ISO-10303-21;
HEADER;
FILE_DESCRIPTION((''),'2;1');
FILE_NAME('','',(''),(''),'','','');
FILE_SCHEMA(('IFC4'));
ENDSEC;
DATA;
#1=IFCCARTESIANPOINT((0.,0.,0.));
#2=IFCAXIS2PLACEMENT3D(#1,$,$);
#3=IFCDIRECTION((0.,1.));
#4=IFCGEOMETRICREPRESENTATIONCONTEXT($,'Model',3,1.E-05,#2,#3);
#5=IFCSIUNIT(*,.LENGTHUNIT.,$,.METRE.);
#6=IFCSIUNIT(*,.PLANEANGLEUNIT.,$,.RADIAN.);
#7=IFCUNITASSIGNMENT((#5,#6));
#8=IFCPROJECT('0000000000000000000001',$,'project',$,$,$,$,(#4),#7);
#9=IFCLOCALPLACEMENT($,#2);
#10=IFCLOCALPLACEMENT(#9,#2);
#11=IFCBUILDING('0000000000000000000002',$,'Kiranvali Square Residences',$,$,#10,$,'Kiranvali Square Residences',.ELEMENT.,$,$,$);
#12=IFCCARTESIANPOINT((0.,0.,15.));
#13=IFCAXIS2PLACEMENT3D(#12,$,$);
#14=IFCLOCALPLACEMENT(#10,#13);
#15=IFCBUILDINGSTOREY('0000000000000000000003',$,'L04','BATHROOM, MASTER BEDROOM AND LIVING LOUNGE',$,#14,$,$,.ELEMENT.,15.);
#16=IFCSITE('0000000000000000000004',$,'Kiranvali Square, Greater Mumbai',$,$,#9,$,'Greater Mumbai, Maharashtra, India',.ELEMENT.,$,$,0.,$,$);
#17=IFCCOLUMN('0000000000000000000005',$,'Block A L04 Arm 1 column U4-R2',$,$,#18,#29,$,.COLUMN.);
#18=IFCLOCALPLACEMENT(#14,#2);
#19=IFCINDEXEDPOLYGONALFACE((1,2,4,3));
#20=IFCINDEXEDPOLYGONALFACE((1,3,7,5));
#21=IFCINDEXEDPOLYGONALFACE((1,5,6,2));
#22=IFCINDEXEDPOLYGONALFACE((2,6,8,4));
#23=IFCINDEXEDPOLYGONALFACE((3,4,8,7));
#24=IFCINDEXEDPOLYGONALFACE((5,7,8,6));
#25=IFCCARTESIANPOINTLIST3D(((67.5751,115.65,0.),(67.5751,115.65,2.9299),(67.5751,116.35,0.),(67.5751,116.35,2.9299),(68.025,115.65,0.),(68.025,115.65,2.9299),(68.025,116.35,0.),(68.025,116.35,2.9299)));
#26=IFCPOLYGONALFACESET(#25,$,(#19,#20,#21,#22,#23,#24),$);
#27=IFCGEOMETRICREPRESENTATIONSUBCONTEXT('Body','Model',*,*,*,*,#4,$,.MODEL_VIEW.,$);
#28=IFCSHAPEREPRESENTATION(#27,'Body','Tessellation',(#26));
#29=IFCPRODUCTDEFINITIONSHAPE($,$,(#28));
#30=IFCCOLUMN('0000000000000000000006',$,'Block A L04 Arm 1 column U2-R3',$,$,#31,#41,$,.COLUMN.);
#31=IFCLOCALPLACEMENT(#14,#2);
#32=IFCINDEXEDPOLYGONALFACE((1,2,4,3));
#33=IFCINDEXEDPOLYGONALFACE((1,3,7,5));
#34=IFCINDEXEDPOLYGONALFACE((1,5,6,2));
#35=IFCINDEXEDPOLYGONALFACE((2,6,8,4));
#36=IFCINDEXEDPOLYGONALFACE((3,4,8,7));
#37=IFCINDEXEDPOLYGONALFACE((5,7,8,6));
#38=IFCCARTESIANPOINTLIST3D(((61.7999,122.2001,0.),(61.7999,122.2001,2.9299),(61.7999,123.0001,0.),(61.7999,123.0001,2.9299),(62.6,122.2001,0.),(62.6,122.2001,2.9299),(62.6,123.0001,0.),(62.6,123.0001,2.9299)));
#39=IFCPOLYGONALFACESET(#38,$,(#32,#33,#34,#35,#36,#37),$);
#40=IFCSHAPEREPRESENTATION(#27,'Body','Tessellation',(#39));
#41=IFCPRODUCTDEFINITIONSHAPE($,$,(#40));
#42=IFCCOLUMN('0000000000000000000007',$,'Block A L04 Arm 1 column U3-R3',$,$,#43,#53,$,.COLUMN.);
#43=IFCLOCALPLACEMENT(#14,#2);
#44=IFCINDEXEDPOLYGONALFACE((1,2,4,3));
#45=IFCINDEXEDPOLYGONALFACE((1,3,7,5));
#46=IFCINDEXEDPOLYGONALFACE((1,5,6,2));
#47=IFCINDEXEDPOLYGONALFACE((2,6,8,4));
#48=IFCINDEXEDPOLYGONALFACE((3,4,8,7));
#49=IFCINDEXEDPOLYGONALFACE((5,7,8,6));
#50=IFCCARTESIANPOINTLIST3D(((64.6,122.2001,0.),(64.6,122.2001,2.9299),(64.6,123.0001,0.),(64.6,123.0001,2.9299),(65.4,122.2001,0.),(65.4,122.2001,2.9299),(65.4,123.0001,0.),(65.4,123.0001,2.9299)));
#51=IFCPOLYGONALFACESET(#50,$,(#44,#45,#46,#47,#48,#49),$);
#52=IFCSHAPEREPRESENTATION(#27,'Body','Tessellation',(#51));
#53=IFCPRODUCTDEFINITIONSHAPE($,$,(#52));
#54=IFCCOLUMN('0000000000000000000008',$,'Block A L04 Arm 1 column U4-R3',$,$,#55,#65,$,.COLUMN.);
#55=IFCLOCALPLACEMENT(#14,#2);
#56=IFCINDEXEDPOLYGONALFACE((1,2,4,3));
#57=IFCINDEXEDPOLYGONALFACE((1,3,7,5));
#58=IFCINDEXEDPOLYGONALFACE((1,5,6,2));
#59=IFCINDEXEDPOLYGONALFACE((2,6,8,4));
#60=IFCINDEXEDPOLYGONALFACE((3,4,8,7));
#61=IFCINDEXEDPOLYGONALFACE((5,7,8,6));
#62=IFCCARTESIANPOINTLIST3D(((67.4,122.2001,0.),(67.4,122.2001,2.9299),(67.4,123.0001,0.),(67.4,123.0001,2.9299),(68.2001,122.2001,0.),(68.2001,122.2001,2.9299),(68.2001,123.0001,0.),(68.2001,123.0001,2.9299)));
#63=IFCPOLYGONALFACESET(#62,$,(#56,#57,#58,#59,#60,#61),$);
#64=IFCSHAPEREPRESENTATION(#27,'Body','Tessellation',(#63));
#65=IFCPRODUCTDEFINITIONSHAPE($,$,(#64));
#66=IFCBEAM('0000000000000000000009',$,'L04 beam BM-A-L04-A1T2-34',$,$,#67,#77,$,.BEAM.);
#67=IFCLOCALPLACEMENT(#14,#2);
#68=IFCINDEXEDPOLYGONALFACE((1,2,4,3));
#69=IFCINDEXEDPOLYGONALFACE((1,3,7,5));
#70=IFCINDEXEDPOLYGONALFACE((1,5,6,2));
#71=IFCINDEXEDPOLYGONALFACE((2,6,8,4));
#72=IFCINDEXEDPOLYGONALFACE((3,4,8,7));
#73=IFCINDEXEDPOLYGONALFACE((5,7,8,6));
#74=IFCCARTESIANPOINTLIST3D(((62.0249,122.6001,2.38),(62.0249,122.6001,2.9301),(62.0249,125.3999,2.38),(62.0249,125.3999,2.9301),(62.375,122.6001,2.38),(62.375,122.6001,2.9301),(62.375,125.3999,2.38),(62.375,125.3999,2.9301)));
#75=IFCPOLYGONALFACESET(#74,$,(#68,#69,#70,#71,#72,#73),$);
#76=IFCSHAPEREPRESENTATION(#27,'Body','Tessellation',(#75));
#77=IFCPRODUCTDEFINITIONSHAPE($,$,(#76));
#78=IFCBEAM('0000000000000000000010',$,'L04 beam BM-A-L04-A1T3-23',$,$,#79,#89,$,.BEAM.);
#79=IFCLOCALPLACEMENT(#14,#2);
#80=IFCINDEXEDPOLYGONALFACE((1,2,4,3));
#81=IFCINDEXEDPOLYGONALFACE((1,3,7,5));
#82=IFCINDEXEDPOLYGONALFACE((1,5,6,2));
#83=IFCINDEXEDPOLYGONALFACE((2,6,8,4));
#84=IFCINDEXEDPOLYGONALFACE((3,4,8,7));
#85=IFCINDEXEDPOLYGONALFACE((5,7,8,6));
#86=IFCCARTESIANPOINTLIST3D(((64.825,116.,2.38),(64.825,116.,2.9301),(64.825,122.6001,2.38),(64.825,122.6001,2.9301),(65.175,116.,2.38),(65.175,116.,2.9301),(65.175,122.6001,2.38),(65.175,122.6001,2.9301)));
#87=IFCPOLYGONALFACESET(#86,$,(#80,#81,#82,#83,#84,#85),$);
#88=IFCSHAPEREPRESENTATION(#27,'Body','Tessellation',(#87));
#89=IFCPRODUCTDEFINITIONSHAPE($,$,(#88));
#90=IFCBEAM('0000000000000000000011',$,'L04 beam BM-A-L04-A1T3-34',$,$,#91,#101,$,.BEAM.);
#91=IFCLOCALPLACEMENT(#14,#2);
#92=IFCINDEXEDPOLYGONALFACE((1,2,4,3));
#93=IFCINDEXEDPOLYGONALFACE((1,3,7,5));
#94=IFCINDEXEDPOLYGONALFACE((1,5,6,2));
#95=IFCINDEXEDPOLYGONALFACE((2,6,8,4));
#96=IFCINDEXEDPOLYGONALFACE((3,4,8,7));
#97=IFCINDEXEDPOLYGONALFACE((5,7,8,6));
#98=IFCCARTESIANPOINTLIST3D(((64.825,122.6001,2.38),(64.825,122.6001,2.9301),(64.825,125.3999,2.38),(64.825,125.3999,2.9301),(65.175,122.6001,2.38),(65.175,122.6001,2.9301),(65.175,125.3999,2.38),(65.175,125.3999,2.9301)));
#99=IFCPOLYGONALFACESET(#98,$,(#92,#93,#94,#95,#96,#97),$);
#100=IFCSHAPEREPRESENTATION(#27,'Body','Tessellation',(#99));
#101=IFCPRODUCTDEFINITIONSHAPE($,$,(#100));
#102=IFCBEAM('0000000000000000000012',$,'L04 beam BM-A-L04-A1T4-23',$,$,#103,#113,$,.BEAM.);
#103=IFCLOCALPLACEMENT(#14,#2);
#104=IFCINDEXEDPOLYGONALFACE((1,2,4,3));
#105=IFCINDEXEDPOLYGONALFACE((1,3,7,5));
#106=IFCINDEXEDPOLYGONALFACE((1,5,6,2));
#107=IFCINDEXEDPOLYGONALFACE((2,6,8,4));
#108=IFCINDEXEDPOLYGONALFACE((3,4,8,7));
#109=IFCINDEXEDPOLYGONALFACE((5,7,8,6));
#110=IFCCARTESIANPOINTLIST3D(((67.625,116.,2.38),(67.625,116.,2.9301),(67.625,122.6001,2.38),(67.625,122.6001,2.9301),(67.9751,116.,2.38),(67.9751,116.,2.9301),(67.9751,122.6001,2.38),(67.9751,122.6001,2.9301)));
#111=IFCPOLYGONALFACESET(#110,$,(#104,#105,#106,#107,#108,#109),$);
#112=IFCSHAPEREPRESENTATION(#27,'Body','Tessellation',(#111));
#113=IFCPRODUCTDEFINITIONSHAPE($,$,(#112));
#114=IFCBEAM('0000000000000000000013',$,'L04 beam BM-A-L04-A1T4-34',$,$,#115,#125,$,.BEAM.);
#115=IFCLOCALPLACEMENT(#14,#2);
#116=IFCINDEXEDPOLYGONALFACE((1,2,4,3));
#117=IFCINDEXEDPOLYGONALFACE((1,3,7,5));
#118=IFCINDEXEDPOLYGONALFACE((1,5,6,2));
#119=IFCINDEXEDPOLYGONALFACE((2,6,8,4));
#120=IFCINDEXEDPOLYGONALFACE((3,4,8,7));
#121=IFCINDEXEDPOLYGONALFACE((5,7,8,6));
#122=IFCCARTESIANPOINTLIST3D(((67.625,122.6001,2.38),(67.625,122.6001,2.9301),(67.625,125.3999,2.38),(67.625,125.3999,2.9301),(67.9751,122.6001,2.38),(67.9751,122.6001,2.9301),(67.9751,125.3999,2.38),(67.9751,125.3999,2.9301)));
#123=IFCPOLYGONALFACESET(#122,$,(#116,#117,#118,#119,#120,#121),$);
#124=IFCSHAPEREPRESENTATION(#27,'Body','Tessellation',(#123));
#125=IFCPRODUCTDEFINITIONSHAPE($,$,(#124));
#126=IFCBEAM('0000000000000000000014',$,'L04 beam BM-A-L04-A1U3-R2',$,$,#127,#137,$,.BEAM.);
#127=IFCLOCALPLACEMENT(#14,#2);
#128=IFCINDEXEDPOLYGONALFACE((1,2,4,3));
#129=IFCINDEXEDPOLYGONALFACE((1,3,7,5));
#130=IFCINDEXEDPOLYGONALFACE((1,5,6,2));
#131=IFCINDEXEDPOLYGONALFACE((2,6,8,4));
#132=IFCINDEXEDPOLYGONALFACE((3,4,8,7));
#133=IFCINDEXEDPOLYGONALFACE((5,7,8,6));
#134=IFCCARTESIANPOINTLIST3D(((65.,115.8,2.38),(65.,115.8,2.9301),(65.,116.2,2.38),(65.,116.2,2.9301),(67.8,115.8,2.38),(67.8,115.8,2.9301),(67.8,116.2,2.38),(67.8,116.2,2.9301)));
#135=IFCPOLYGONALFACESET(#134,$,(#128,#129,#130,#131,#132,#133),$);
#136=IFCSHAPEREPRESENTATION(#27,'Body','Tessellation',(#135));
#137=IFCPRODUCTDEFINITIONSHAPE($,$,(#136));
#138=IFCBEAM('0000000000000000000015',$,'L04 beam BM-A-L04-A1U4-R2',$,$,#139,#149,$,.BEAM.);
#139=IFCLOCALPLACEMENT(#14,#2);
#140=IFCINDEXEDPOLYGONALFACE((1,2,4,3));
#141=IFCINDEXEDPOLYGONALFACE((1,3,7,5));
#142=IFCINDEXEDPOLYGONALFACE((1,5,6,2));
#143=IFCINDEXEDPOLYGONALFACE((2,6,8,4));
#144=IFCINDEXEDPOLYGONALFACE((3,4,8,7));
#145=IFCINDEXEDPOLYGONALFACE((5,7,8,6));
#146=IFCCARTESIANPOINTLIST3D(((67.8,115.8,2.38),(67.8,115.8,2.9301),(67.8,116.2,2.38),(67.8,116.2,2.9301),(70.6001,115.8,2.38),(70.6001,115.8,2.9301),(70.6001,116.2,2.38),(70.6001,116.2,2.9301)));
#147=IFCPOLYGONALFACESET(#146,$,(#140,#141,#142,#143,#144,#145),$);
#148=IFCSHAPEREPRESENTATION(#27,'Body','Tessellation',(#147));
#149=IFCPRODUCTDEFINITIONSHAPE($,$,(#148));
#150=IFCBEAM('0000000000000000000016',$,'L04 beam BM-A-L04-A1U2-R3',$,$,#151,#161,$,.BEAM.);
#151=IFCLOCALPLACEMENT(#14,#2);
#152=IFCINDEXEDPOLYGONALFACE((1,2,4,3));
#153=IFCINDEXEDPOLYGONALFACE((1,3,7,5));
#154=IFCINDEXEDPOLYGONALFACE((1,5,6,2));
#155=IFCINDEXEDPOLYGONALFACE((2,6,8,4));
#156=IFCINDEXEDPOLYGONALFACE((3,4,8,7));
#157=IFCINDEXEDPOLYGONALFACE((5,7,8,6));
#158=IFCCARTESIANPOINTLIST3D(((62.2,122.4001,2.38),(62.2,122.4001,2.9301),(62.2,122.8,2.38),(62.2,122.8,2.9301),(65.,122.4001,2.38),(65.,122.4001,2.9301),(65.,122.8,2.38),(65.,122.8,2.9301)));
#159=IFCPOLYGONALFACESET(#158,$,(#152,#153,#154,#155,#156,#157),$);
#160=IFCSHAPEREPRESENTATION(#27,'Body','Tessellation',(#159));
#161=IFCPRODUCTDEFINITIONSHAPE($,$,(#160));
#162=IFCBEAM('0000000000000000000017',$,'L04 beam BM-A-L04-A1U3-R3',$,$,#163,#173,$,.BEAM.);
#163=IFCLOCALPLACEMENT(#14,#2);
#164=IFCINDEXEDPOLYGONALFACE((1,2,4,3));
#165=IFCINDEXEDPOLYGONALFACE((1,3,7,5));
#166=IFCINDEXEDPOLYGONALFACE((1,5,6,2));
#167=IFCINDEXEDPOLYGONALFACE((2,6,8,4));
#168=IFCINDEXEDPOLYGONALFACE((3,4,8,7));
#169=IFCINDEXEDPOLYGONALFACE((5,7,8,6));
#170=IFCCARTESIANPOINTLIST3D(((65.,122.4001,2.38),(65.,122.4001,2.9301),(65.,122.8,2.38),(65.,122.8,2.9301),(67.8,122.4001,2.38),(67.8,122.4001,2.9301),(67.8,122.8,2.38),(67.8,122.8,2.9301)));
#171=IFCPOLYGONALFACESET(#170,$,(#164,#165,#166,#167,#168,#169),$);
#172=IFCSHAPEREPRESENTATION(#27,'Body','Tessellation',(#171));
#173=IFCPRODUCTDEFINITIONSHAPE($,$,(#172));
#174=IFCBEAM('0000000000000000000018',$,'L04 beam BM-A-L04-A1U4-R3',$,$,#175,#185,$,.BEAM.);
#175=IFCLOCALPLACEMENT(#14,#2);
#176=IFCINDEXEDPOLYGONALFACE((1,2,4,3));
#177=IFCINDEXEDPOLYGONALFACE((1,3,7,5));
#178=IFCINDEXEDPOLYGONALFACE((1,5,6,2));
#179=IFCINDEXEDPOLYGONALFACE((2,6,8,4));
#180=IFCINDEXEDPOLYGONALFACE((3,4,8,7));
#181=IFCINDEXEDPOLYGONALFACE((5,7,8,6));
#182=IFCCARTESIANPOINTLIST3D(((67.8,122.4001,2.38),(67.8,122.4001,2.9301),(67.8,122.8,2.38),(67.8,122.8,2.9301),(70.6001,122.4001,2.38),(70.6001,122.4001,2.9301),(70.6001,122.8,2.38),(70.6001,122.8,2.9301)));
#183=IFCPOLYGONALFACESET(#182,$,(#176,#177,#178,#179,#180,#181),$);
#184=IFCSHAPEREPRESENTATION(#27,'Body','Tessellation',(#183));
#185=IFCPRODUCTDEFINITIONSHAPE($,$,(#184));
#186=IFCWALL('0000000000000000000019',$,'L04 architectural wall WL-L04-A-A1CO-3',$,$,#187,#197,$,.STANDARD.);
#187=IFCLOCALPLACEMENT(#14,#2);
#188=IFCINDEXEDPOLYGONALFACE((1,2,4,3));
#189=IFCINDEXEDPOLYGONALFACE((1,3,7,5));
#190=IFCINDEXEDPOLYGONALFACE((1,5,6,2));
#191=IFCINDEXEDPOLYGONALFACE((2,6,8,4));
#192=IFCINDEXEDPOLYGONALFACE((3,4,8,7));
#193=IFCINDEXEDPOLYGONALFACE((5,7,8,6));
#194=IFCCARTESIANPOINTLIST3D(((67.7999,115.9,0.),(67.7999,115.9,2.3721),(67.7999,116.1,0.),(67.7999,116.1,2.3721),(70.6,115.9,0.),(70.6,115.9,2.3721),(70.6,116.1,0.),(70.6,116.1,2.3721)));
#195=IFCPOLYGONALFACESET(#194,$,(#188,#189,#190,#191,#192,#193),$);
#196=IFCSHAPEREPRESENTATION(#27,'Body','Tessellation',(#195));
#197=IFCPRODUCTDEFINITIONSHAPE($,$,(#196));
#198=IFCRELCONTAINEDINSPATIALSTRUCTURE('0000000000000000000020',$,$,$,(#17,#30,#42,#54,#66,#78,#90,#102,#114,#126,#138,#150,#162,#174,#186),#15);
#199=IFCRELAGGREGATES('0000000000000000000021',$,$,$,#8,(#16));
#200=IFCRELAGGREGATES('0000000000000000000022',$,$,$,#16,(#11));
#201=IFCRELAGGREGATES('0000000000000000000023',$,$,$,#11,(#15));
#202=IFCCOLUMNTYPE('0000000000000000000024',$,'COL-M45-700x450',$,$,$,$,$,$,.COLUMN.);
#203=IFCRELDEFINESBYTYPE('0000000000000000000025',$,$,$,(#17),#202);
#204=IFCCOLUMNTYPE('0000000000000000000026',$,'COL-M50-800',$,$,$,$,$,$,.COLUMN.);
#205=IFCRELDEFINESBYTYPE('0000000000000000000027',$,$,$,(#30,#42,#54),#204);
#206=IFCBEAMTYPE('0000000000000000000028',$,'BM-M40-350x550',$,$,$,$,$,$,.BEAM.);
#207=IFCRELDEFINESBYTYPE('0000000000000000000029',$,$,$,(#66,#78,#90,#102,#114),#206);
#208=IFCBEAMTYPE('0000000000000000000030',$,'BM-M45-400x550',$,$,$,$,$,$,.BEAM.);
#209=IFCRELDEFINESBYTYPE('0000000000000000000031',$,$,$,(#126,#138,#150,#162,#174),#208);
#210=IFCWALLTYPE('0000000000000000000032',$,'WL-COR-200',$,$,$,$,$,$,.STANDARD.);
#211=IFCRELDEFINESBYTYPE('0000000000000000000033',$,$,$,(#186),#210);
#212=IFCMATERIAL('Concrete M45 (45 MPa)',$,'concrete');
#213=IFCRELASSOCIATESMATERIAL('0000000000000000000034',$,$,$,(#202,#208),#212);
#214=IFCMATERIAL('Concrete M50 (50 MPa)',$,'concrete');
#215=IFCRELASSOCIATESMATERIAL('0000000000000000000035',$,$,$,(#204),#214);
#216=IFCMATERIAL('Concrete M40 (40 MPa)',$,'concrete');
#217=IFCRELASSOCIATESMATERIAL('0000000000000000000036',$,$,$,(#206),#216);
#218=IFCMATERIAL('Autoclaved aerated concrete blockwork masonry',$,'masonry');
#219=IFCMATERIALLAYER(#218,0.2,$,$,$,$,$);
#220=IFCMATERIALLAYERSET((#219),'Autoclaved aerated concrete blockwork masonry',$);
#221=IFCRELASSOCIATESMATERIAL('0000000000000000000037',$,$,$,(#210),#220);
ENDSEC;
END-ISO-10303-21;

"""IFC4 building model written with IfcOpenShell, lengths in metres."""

from ifc_helpers import new_model, si_unit, direction, frame, frame_2d, origin, origin_2d, place, context, subcontext, project, spatial, rectangle, extrude, material, layer, layer_set, material_profile, profile_set, type_object, element, save


model = new_model("IFC4")

# Units and contexts
model_context = context("Model", 3, precision=1e-05, world=origin(), true_north=direction((0.0, 1.0)))
body_context = subcontext(model_context, "Body", "Model", "MODEL_VIEW")
ifc_project = project(units=[si_unit("LENGTHUNIT", "METRE"), si_unit("PLANEANGLEUNIT", "RADIAN")], contexts=[model_context])

# Site, building, storey
site_placement = place(None, origin())
site = spatial("IfcSite", under=ifc_project, at=site_placement, Name="Kiranvali Square, Greater Mumbai", LongName="Greater Mumbai, Maharashtra, India", CompositionType="ELEMENT", RefElevation=0.0)
building_placement = place(site_placement, origin())
building = spatial("IfcBuilding", under=site, at=building_placement, Name="Kiranvali Square Residences", LongName="Kiranvali Square Residences", CompositionType="ELEMENT")
storey_placement = place(building_placement, frame((0.0, 0.0, 15.0)))
storey = spatial("IfcBuildingStorey", under=building, at=storey_placement, Name="L04", Description="BATHROOM, MASTER BEDROOM AND LIVING LOUNGE", CompositionType="ELEMENT", Elevation=15.0)

# Columns
ifc_material_1 = material(Name="Concrete M45 (45 MPa)", Category="concrete")
ifc_material_profile_1 = material_profile(ifc_material_1, rectangle(XDim=0.45, YDim=0.7, at=origin_2d()), Name="RC 700x450")
ifc_profile_set_1 = profile_set([ifc_material_profile_1], Name="Concrete M45 (45 MPa)")
column_type_1 = type_object("IfcColumnType", Name="COL-M45-700x450", PredefinedType="COLUMN", material=ifc_profile_set_1)
column_placement = place(storey_placement, frame((67.8, 116.0, 0.0), z_axis=(0.0, 0.0, 1.0), x_axis=(1.0, 0.0, 0.0)))
element("IfcColumn", 1, at=column_placement, inside=storey, type_object=column_type_1, Name="Block A L04 Arm 1 column U4-R2", PredefinedType="COLUMN", context=body_context, shape_type="SweptSolid", body=[
    extrude(rectangle(XDim=0.45, YDim=0.7, at=origin_2d()), origin(), (0.0, 0.0, 1.0), 2.9299),
])
ifc_material_2 = material(Name="Concrete M50 (50 MPa)", Category="concrete")
ifc_material_profile_2 = material_profile(ifc_material_2, rectangle(XDim=0.8, YDim=0.8, at=origin_2d()), Name="RC 800x800")
ifc_profile_set_2 = profile_set([ifc_material_profile_2], Name="Concrete M50 (50 MPa)")
column_type_2 = type_object("IfcColumnType", Name="COL-M50-800", PredefinedType="COLUMN", material=ifc_profile_set_2)
for number, where, z_axis, x_axis, name in (
    (2, (62.2, 122.6001, 0.0), (0.0, 0.0, 1.0), (1.0, 0.0, 0.0), "Block A L04 Arm 1 column U2-R3"),
    (3, (65.0, 122.6001, 0.0), (0.0, 0.0, 1.0), (1.0, 0.0, 0.0), "Block A L04 Arm 1 column U3-R3"),
    (4, (67.8, 122.6001, 0.0), (0.0, 0.0, 1.0), (1.0, 0.0, 0.0), "Block A L04 Arm 1 column U4-R3"),
):
    element("IfcColumn", number, at=place(storey_placement, frame(where, z_axis=z_axis, x_axis=x_axis)), inside=storey, type_object=column_type_2, Name=name, PredefinedType="COLUMN", context=body_context, shape_type="SweptSolid", body=[
        extrude(rectangle(XDim=0.8, YDim=0.8, at=origin_2d()), origin(), (0.0, 0.0, 1.0), 2.9299),
    ])

# Beams
ifc_material_3 = material(Name="Concrete M40 (40 MPa)", Category="concrete")
ifc_material_profile_3 = material_profile(ifc_material_3, rectangle(XDim=0.3501, YDim=0.55, at=origin_2d()), Name="RC 350x550")
ifc_profile_set_3 = profile_set([ifc_material_profile_3], Name="Concrete M40 (40 MPa)")
beam_type_1 = type_object("IfcBeamType", Name="BM-M40-350x550", PredefinedType="BEAM", material=ifc_profile_set_3)
beam_1_placement = place(storey_placement, frame((62.2, 122.6001, 2.655), z_axis=(0.0, 1.0, 0.0), x_axis=(-1.0, 0.0, 0.0)))
element("IfcBeam", 5, at=beam_1_placement, inside=storey, type_object=beam_type_1, Name="L04 beam BM-A-L04-A1T2-34", PredefinedType="BEAM", context=body_context, shape_type="SweptSolid", body=[
    extrude(rectangle(XDim=0.3501, YDim=0.55, at=origin_2d()), origin(), (0.0, 0.0, 1.0), 2.7998),
])
beam_2_placement = place(storey_placement, frame((65.0, 116.0, 2.655), z_axis=(0.0, 1.0, 0.0), x_axis=(-1.0, 0.0, 0.0)))
element("IfcBeam", 6, at=beam_2_placement, inside=storey, type_object=beam_type_1, Name="L04 beam BM-A-L04-A1T3-23", PredefinedType="BEAM", context=body_context, shape_type="SweptSolid", body=[
    extrude(rectangle(XDim=0.3501, YDim=0.55, at=origin_2d()), origin(), (0.0, 0.0, 1.0), 6.6001),
])
beam_3_placement = place(storey_placement, frame((65.0, 122.6001, 2.655), z_axis=(0.0, 1.0, 0.0), x_axis=(-1.0, 0.0, 0.0)))
element("IfcBeam", 7, at=beam_3_placement, inside=storey, type_object=beam_type_1, Name="L04 beam BM-A-L04-A1T3-34", PredefinedType="BEAM", context=body_context, shape_type="SweptSolid", body=[
    extrude(rectangle(XDim=0.3501, YDim=0.55, at=origin_2d()), origin(), (0.0, 0.0, 1.0), 2.7998),
])
beam_4_placement = place(storey_placement, frame((67.8, 116.0, 2.655), z_axis=(0.0, 1.0, 0.0), x_axis=(-1.0, 0.0, 0.0)))
element("IfcBeam", 8, at=beam_4_placement, inside=storey, type_object=beam_type_1, Name="L04 beam BM-A-L04-A1T4-23", PredefinedType="BEAM", context=body_context, shape_type="SweptSolid", body=[
    extrude(rectangle(XDim=0.3501, YDim=0.55, at=origin_2d()), origin(), (0.0, 0.0, 1.0), 6.6001),
])
beam_5_placement = place(storey_placement, frame((67.8, 122.6001, 2.655), z_axis=(0.0, 1.0, 0.0), x_axis=(-1.0, 0.0, 0.0)))
element("IfcBeam", 9, at=beam_5_placement, inside=storey, type_object=beam_type_1, Name="L04 beam BM-A-L04-A1T4-34", PredefinedType="BEAM", context=body_context, shape_type="SweptSolid", body=[
    extrude(rectangle(XDim=0.3501, YDim=0.55, at=origin_2d()), origin(), (0.0, 0.0, 1.0), 2.7998),
])
ifc_material_profile_4 = material_profile(ifc_material_1, rectangle(XDim=0.3999, YDim=0.55, at=origin_2d()), Name="RC 400x550")
ifc_profile_set_4 = profile_set([ifc_material_profile_4], Name="Concrete M45 (45 MPa)")
beam_type_2 = type_object("IfcBeamType", Name="BM-M45-400x550", PredefinedType="BEAM", material=ifc_profile_set_4)
for number, where, z_axis, x_axis, name in (
    (10, (65.0, 116.0, 2.655), (1.0, 0.0, 0.0), (0.0, 1.0, 0.0), "L04 beam BM-A-L04-A1U3-R2"),
    (11, (67.8, 116.0, 2.655), (1.0, 0.0, 0.0), (0.0, 1.0, 0.0), "L04 beam BM-A-L04-A1U4-R2"),
    (12, (62.2, 122.6001, 2.655), (1.0, 0.0, 0.0), (0.0, 1.0, 0.0), "L04 beam BM-A-L04-A1U2-R3"),
    (13, (65.0, 122.6001, 2.655), (1.0, 0.0, 0.0), (0.0, 1.0, 0.0), "L04 beam BM-A-L04-A1U3-R3"),
    (14, (67.8, 122.6001, 2.655), (1.0, 0.0, 0.0), (0.0, 1.0, 0.0), "L04 beam BM-A-L04-A1U4-R3"),
):
    element("IfcBeam", number, at=place(storey_placement, frame(where, z_axis=z_axis, x_axis=x_axis)), inside=storey, type_object=beam_type_2, Name=name, PredefinedType="BEAM", context=body_context, shape_type="SweptSolid", body=[
        extrude(rectangle(XDim=0.3999, YDim=0.55, at=origin_2d()), origin(), (0.0, 0.0, 1.0), 2.8),
    ])

# Shared definitions
ifc_material_4 = material(Name="Autoclaved aerated concrete blockwork masonry", Category="masonry")
ifc_layer_1 = layer(ifc_material_4, 0.2)
ifc_layer_set_1 = layer_set([ifc_layer_1], Name="Autoclaved aerated concrete blockwork masonry")
wall_type_1 = type_object("IfcWallType", Name="WL-COR-200", PredefinedType="STANDARD", material=ifc_layer_set_1)

# Wall
wall_1_placement = place(storey_placement, frame((67.8, 116.0, 0.0), z_axis=(0.0, 0.0, 1.0), x_axis=(1.0, 0.0, 0.0)))
element("IfcWall", 15, at=wall_1_placement, inside=storey, type_object=wall_type_1, Name="L04 architectural wall WL-L04-A-A1CO-3", PredefinedType="STANDARD", context=body_context, shape_type="SweptSolid", body=[
    extrude(rectangle(XDim=2.8, YDim=0.2, at=frame_2d((1.3999, 0.0))), origin(), (0.0, 0.0, 1.0), 2.3721),
])

save(model, "model.ifc")
